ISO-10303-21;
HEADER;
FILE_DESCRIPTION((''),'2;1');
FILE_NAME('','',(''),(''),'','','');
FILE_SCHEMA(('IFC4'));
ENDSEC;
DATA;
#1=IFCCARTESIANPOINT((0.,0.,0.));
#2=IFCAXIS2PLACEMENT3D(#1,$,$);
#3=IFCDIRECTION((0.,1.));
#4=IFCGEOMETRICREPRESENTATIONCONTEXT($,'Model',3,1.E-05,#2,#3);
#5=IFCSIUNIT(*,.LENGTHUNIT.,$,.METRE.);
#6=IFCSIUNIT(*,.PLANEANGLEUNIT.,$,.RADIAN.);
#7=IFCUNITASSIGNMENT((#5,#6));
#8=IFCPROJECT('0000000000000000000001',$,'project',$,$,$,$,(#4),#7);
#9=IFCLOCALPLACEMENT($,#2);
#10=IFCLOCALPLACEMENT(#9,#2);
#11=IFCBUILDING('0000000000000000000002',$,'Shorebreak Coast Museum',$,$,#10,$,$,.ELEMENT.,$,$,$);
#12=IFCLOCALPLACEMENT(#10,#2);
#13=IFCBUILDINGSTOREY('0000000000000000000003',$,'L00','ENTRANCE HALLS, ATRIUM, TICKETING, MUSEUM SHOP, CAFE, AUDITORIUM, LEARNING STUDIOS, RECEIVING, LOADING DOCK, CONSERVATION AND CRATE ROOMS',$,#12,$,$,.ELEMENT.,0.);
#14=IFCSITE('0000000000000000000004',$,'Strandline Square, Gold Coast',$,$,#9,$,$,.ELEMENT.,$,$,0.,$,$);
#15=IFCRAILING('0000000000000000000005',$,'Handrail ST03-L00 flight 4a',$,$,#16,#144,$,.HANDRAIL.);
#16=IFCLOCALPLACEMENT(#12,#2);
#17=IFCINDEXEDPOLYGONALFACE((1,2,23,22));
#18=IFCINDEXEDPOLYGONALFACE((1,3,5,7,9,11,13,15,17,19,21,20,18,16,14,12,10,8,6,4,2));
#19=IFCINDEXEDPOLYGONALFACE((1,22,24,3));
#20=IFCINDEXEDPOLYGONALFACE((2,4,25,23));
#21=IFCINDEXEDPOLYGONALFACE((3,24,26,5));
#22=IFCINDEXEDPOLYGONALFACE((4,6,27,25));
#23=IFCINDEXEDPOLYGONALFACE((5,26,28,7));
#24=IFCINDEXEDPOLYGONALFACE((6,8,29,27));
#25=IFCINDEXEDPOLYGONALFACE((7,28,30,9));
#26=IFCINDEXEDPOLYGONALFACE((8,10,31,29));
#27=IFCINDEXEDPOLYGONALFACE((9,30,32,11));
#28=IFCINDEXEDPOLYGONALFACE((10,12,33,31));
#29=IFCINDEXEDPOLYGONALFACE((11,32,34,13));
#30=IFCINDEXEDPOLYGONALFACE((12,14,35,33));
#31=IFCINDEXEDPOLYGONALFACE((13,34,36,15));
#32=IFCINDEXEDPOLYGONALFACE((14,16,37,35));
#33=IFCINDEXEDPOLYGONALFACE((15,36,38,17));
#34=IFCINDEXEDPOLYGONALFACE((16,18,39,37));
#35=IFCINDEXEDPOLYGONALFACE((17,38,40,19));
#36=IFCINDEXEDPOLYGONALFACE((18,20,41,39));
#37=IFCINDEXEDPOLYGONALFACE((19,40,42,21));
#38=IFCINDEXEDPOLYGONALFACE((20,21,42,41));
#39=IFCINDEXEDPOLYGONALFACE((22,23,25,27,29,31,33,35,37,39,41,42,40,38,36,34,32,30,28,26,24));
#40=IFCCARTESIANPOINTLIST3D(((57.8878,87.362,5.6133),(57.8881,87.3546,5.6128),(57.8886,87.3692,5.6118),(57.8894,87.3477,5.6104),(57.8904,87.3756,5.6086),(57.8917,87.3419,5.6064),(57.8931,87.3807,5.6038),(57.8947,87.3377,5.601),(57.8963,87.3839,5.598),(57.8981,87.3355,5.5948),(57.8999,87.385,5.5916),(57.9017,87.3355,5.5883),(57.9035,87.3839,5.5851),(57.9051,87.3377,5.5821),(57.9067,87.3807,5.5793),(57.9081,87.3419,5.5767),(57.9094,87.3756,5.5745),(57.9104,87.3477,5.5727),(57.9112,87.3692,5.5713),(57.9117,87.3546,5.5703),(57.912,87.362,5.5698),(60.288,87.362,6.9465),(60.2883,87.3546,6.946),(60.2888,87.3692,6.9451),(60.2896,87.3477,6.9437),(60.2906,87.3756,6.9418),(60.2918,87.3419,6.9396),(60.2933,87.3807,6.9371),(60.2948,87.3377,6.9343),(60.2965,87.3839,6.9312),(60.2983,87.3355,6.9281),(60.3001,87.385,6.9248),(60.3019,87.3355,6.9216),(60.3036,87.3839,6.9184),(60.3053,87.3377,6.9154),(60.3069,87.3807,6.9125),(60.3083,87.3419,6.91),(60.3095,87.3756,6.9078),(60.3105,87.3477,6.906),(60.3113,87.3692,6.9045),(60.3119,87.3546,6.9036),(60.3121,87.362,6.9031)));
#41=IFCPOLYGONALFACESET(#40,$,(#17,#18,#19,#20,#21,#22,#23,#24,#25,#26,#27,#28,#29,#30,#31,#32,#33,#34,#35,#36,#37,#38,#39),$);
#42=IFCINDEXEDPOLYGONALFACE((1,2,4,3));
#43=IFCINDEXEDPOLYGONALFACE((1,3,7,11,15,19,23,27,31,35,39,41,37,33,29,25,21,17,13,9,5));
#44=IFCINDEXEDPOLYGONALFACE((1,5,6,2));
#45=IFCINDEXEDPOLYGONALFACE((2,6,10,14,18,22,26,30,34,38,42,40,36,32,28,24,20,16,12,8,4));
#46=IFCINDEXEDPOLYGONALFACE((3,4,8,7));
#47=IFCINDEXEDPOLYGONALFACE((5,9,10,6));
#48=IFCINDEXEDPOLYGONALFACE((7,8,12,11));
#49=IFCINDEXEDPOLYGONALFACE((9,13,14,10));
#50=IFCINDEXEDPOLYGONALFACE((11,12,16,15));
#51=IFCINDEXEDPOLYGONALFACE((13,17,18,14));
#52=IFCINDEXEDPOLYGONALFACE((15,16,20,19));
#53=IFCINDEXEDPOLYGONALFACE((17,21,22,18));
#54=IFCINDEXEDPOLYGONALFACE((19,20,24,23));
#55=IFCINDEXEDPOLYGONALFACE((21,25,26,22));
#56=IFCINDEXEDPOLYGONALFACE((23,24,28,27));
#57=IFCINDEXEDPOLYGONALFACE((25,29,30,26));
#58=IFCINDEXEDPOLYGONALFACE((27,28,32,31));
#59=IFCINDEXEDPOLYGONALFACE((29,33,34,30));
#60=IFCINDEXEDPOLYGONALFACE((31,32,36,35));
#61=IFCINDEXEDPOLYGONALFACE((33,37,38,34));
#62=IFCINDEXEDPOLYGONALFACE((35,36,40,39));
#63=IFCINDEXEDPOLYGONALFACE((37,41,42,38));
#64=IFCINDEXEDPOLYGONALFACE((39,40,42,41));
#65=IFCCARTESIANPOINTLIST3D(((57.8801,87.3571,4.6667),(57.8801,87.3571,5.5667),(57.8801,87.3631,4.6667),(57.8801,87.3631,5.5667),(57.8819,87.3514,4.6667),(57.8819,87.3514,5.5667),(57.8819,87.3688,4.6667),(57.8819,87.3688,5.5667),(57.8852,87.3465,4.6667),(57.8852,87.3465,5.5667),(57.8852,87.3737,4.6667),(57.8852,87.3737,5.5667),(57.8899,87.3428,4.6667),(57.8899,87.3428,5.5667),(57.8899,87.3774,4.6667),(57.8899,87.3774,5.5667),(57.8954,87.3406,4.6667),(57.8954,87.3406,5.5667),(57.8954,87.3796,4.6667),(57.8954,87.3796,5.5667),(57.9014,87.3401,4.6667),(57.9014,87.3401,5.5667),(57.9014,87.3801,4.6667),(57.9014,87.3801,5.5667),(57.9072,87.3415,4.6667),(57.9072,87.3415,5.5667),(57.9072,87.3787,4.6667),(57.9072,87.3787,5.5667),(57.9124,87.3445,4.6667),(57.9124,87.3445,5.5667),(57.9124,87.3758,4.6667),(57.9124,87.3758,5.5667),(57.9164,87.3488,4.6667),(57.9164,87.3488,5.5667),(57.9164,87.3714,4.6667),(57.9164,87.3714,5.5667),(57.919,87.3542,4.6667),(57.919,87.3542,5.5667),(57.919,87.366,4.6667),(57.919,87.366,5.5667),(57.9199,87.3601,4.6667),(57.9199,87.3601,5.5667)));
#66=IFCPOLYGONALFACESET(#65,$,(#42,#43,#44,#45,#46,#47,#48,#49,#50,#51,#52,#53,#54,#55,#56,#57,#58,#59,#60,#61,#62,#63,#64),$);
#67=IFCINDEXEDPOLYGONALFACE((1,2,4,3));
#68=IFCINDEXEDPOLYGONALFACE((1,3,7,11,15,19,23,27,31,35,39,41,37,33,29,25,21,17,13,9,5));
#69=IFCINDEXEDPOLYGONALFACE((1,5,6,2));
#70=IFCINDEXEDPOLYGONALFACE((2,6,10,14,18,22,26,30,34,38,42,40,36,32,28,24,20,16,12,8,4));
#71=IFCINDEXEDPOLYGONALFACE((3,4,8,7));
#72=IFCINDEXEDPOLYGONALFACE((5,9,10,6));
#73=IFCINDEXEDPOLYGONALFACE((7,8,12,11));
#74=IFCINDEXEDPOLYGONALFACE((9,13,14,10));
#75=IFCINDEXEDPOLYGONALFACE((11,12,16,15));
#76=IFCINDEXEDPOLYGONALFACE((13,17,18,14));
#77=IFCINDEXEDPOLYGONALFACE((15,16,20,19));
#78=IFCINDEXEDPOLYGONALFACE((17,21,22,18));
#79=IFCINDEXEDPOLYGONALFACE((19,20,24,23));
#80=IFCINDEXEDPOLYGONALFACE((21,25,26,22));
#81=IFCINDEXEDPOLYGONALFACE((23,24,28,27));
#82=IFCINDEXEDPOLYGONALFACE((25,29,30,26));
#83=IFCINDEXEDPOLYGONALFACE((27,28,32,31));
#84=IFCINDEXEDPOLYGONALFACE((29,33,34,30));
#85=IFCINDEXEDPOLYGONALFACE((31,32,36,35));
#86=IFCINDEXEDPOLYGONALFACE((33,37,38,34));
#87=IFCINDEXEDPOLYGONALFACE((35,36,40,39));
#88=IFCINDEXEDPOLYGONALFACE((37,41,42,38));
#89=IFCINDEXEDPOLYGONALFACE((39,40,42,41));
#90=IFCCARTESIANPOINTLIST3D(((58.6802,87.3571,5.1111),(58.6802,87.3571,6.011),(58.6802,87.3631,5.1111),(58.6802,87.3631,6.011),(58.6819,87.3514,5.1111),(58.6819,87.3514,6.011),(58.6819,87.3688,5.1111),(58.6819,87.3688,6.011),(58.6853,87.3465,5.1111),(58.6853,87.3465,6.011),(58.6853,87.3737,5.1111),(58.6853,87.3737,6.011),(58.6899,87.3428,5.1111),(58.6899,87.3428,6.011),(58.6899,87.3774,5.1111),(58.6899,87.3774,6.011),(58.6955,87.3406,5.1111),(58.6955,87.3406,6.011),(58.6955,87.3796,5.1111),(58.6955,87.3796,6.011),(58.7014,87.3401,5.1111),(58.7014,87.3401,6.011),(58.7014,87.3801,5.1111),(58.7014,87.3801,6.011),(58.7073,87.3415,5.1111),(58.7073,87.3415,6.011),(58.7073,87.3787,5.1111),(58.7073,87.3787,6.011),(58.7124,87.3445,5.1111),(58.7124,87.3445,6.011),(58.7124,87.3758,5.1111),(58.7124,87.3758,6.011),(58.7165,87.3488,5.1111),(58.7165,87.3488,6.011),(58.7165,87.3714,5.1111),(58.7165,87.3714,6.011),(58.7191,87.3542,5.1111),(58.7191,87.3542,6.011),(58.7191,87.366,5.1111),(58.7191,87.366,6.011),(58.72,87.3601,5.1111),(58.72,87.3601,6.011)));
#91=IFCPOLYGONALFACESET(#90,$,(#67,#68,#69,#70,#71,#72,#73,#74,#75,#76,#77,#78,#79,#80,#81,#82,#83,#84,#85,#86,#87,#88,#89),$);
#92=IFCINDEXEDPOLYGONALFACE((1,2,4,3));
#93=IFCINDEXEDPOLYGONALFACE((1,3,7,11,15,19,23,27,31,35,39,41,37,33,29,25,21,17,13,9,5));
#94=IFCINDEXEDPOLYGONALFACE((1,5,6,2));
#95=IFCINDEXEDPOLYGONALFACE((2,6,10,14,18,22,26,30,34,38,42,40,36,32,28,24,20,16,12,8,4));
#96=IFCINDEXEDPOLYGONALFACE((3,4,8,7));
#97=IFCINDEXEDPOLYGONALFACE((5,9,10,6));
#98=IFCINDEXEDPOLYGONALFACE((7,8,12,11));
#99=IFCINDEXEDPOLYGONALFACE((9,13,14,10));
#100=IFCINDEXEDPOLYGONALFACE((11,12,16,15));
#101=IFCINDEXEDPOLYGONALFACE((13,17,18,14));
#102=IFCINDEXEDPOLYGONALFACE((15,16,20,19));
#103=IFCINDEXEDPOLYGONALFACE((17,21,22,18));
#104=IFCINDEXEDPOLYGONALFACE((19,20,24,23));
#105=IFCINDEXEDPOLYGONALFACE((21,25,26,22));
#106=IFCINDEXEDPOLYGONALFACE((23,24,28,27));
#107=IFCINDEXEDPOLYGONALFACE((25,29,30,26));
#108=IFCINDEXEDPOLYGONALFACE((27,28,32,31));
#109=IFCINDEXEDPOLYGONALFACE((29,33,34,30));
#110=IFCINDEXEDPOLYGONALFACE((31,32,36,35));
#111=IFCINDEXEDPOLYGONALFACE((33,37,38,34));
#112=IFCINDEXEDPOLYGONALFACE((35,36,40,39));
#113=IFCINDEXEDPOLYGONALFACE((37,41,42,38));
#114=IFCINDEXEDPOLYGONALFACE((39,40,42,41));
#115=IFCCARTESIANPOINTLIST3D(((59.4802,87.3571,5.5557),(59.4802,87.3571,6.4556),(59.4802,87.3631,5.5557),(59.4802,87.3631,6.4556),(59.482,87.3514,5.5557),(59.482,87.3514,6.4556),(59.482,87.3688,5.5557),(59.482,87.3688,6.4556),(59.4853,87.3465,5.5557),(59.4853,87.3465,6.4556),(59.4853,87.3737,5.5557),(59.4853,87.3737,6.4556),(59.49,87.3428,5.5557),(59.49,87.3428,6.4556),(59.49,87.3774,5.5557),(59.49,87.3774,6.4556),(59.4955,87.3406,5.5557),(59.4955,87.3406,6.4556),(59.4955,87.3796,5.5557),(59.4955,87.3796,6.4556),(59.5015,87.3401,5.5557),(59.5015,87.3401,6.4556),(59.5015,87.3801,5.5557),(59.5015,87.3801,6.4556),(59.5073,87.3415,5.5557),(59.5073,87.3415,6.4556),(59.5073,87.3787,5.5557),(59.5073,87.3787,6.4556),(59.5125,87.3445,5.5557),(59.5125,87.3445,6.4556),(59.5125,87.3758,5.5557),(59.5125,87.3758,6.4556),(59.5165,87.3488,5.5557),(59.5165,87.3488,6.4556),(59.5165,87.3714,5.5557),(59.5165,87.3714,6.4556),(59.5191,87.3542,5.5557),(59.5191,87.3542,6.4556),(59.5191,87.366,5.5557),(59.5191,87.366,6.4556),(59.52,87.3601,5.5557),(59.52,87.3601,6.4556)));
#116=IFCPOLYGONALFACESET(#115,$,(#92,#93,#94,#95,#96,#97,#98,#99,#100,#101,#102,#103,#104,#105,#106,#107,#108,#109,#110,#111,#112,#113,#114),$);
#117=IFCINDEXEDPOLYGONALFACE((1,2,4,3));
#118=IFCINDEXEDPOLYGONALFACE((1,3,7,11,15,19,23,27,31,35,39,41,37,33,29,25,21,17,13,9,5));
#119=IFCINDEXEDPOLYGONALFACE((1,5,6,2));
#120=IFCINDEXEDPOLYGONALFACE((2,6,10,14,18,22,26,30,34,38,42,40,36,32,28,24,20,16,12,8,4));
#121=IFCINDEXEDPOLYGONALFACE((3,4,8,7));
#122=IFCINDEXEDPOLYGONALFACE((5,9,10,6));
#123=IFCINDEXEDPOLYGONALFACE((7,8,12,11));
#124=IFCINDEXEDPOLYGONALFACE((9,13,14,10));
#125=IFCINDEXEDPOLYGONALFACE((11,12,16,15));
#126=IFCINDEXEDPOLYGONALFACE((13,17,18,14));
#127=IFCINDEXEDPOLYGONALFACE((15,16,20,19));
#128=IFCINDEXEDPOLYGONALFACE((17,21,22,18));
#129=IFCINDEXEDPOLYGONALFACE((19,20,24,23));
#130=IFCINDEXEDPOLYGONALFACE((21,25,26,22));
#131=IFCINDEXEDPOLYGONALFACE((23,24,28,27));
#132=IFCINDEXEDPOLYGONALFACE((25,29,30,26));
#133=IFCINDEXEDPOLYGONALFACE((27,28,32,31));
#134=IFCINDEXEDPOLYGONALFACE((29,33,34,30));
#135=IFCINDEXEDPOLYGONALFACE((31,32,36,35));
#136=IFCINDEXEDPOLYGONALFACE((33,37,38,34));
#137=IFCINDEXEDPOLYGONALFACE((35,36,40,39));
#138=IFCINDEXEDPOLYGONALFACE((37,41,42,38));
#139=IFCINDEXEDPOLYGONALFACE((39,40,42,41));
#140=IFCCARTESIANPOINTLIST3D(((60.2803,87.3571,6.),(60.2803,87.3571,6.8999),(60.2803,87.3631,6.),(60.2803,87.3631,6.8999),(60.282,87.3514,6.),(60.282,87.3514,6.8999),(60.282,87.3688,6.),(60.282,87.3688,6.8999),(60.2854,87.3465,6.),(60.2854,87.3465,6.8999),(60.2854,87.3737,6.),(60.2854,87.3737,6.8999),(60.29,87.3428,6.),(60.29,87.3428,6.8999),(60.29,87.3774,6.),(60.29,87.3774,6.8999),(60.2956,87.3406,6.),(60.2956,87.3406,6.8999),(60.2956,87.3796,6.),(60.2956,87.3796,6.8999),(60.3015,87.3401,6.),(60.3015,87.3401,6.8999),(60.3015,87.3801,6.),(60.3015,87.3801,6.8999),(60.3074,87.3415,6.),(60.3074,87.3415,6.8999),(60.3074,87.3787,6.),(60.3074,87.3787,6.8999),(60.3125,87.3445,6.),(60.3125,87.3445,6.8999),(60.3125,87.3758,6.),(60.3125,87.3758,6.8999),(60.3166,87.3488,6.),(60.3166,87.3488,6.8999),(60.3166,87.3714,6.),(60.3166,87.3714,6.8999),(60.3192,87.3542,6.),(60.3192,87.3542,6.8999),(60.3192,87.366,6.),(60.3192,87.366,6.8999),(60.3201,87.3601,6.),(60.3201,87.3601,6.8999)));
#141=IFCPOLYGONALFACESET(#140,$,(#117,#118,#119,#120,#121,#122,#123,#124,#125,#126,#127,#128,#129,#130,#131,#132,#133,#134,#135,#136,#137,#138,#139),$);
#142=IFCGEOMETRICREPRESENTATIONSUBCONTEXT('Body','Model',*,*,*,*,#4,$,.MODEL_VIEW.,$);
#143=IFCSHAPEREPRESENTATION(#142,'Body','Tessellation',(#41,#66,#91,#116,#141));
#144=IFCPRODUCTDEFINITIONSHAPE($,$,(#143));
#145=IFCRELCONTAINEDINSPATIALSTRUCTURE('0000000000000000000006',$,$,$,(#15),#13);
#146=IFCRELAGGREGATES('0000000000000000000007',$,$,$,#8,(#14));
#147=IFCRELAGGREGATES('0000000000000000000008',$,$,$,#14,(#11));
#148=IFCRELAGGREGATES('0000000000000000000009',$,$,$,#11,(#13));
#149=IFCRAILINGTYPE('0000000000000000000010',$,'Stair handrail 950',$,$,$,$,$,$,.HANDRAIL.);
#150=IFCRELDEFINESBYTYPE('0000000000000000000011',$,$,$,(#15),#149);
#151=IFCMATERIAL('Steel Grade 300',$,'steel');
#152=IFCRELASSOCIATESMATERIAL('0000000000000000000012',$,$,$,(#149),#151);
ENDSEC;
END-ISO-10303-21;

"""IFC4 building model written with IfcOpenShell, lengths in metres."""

from ifc_helpers import new_model, si_unit, direction, frame, origin, origin_2d, place, context, subcontext, project, spatial, circle, extrude, material, type_object, element, save


model = new_model("IFC4")

# Units and contexts
model_context = context("Model", 3, precision=1e-05, world=origin(), true_north=direction((0.0, 1.0)))
body_context = subcontext(model_context, "Body", "Model", "MODEL_VIEW")
ifc_project = project(units=[si_unit("LENGTHUNIT", "METRE"), si_unit("PLANEANGLEUNIT", "RADIAN")], contexts=[model_context])

# Site, building, storey
site_placement = place(None, origin())
site = spatial("IfcSite", under=ifc_project, at=site_placement, Name="Strandline Square, Gold Coast", CompositionType="ELEMENT", RefElevation=0.0)
building_placement = place(site_placement, origin())
building = spatial("IfcBuilding", under=site, at=building_placement, Name="Shorebreak Coast Museum", CompositionType="ELEMENT")
storey_placement = place(building_placement, origin())
storey = spatial("IfcBuildingStorey", under=building, at=storey_placement, Name="L00", Description="ENTRANCE HALLS, ATRIUM, TICKETING, MUSEUM SHOP, CAFE, AUDITORIUM, LEARNING STUDIOS, RECEIVING, LOADING DOCK, CONSERVATION AND CRATE ROOMS", CompositionType="ELEMENT", Elevation=0.0)

# Railing
ifc_material_1 = material(Name="Steel Grade 300", Category="steel")
railing_type_1 = type_object("IfcRailingType", Name="Stair handrail 950", PredefinedType="HANDRAIL", material=ifc_material_1)
railing_1_placement = place(storey_placement, frame((57.8999, 87.3601, 4.6667)))
element("IfcRailing", 1, at=railing_1_placement, inside=storey, type_object=railing_type_1, Name="Handrail ST03-L00 flight 4a", PredefinedType="HANDRAIL", context=body_context, shape_type="SweptSolid", body=[
    extrude(circle(Radius=0.0249, at=origin_2d()), frame((0.0, 0.0, 0.9248), z_axis=(0.874182, 0.0, 0.485598), x_axis=(0.0, 1.0, 0.0)), (0.0, 0.0, 1.0), 2.7456),
    extrude(circle(Radius=0.02, at=origin_2d()), origin(), (0.0, 0.0, 1.0), 0.8999),
    extrude(circle(Radius=0.02, at=origin_2d()), frame((0.8, 0.0, 0.4443)), (0.0, 0.0, 1.0), 0.8999),
    extrude(circle(Radius=0.02, at=origin_2d()), frame((1.6001, 0.0, 0.8889)), (0.0, 0.0, 1.0), 0.8999),
    extrude(circle(Radius=0.02, at=origin_2d()), frame((2.4001, 0.0, 1.3333)), (0.0, 0.0, 1.0), 0.8999),
])

save(model, "model.ifc")
